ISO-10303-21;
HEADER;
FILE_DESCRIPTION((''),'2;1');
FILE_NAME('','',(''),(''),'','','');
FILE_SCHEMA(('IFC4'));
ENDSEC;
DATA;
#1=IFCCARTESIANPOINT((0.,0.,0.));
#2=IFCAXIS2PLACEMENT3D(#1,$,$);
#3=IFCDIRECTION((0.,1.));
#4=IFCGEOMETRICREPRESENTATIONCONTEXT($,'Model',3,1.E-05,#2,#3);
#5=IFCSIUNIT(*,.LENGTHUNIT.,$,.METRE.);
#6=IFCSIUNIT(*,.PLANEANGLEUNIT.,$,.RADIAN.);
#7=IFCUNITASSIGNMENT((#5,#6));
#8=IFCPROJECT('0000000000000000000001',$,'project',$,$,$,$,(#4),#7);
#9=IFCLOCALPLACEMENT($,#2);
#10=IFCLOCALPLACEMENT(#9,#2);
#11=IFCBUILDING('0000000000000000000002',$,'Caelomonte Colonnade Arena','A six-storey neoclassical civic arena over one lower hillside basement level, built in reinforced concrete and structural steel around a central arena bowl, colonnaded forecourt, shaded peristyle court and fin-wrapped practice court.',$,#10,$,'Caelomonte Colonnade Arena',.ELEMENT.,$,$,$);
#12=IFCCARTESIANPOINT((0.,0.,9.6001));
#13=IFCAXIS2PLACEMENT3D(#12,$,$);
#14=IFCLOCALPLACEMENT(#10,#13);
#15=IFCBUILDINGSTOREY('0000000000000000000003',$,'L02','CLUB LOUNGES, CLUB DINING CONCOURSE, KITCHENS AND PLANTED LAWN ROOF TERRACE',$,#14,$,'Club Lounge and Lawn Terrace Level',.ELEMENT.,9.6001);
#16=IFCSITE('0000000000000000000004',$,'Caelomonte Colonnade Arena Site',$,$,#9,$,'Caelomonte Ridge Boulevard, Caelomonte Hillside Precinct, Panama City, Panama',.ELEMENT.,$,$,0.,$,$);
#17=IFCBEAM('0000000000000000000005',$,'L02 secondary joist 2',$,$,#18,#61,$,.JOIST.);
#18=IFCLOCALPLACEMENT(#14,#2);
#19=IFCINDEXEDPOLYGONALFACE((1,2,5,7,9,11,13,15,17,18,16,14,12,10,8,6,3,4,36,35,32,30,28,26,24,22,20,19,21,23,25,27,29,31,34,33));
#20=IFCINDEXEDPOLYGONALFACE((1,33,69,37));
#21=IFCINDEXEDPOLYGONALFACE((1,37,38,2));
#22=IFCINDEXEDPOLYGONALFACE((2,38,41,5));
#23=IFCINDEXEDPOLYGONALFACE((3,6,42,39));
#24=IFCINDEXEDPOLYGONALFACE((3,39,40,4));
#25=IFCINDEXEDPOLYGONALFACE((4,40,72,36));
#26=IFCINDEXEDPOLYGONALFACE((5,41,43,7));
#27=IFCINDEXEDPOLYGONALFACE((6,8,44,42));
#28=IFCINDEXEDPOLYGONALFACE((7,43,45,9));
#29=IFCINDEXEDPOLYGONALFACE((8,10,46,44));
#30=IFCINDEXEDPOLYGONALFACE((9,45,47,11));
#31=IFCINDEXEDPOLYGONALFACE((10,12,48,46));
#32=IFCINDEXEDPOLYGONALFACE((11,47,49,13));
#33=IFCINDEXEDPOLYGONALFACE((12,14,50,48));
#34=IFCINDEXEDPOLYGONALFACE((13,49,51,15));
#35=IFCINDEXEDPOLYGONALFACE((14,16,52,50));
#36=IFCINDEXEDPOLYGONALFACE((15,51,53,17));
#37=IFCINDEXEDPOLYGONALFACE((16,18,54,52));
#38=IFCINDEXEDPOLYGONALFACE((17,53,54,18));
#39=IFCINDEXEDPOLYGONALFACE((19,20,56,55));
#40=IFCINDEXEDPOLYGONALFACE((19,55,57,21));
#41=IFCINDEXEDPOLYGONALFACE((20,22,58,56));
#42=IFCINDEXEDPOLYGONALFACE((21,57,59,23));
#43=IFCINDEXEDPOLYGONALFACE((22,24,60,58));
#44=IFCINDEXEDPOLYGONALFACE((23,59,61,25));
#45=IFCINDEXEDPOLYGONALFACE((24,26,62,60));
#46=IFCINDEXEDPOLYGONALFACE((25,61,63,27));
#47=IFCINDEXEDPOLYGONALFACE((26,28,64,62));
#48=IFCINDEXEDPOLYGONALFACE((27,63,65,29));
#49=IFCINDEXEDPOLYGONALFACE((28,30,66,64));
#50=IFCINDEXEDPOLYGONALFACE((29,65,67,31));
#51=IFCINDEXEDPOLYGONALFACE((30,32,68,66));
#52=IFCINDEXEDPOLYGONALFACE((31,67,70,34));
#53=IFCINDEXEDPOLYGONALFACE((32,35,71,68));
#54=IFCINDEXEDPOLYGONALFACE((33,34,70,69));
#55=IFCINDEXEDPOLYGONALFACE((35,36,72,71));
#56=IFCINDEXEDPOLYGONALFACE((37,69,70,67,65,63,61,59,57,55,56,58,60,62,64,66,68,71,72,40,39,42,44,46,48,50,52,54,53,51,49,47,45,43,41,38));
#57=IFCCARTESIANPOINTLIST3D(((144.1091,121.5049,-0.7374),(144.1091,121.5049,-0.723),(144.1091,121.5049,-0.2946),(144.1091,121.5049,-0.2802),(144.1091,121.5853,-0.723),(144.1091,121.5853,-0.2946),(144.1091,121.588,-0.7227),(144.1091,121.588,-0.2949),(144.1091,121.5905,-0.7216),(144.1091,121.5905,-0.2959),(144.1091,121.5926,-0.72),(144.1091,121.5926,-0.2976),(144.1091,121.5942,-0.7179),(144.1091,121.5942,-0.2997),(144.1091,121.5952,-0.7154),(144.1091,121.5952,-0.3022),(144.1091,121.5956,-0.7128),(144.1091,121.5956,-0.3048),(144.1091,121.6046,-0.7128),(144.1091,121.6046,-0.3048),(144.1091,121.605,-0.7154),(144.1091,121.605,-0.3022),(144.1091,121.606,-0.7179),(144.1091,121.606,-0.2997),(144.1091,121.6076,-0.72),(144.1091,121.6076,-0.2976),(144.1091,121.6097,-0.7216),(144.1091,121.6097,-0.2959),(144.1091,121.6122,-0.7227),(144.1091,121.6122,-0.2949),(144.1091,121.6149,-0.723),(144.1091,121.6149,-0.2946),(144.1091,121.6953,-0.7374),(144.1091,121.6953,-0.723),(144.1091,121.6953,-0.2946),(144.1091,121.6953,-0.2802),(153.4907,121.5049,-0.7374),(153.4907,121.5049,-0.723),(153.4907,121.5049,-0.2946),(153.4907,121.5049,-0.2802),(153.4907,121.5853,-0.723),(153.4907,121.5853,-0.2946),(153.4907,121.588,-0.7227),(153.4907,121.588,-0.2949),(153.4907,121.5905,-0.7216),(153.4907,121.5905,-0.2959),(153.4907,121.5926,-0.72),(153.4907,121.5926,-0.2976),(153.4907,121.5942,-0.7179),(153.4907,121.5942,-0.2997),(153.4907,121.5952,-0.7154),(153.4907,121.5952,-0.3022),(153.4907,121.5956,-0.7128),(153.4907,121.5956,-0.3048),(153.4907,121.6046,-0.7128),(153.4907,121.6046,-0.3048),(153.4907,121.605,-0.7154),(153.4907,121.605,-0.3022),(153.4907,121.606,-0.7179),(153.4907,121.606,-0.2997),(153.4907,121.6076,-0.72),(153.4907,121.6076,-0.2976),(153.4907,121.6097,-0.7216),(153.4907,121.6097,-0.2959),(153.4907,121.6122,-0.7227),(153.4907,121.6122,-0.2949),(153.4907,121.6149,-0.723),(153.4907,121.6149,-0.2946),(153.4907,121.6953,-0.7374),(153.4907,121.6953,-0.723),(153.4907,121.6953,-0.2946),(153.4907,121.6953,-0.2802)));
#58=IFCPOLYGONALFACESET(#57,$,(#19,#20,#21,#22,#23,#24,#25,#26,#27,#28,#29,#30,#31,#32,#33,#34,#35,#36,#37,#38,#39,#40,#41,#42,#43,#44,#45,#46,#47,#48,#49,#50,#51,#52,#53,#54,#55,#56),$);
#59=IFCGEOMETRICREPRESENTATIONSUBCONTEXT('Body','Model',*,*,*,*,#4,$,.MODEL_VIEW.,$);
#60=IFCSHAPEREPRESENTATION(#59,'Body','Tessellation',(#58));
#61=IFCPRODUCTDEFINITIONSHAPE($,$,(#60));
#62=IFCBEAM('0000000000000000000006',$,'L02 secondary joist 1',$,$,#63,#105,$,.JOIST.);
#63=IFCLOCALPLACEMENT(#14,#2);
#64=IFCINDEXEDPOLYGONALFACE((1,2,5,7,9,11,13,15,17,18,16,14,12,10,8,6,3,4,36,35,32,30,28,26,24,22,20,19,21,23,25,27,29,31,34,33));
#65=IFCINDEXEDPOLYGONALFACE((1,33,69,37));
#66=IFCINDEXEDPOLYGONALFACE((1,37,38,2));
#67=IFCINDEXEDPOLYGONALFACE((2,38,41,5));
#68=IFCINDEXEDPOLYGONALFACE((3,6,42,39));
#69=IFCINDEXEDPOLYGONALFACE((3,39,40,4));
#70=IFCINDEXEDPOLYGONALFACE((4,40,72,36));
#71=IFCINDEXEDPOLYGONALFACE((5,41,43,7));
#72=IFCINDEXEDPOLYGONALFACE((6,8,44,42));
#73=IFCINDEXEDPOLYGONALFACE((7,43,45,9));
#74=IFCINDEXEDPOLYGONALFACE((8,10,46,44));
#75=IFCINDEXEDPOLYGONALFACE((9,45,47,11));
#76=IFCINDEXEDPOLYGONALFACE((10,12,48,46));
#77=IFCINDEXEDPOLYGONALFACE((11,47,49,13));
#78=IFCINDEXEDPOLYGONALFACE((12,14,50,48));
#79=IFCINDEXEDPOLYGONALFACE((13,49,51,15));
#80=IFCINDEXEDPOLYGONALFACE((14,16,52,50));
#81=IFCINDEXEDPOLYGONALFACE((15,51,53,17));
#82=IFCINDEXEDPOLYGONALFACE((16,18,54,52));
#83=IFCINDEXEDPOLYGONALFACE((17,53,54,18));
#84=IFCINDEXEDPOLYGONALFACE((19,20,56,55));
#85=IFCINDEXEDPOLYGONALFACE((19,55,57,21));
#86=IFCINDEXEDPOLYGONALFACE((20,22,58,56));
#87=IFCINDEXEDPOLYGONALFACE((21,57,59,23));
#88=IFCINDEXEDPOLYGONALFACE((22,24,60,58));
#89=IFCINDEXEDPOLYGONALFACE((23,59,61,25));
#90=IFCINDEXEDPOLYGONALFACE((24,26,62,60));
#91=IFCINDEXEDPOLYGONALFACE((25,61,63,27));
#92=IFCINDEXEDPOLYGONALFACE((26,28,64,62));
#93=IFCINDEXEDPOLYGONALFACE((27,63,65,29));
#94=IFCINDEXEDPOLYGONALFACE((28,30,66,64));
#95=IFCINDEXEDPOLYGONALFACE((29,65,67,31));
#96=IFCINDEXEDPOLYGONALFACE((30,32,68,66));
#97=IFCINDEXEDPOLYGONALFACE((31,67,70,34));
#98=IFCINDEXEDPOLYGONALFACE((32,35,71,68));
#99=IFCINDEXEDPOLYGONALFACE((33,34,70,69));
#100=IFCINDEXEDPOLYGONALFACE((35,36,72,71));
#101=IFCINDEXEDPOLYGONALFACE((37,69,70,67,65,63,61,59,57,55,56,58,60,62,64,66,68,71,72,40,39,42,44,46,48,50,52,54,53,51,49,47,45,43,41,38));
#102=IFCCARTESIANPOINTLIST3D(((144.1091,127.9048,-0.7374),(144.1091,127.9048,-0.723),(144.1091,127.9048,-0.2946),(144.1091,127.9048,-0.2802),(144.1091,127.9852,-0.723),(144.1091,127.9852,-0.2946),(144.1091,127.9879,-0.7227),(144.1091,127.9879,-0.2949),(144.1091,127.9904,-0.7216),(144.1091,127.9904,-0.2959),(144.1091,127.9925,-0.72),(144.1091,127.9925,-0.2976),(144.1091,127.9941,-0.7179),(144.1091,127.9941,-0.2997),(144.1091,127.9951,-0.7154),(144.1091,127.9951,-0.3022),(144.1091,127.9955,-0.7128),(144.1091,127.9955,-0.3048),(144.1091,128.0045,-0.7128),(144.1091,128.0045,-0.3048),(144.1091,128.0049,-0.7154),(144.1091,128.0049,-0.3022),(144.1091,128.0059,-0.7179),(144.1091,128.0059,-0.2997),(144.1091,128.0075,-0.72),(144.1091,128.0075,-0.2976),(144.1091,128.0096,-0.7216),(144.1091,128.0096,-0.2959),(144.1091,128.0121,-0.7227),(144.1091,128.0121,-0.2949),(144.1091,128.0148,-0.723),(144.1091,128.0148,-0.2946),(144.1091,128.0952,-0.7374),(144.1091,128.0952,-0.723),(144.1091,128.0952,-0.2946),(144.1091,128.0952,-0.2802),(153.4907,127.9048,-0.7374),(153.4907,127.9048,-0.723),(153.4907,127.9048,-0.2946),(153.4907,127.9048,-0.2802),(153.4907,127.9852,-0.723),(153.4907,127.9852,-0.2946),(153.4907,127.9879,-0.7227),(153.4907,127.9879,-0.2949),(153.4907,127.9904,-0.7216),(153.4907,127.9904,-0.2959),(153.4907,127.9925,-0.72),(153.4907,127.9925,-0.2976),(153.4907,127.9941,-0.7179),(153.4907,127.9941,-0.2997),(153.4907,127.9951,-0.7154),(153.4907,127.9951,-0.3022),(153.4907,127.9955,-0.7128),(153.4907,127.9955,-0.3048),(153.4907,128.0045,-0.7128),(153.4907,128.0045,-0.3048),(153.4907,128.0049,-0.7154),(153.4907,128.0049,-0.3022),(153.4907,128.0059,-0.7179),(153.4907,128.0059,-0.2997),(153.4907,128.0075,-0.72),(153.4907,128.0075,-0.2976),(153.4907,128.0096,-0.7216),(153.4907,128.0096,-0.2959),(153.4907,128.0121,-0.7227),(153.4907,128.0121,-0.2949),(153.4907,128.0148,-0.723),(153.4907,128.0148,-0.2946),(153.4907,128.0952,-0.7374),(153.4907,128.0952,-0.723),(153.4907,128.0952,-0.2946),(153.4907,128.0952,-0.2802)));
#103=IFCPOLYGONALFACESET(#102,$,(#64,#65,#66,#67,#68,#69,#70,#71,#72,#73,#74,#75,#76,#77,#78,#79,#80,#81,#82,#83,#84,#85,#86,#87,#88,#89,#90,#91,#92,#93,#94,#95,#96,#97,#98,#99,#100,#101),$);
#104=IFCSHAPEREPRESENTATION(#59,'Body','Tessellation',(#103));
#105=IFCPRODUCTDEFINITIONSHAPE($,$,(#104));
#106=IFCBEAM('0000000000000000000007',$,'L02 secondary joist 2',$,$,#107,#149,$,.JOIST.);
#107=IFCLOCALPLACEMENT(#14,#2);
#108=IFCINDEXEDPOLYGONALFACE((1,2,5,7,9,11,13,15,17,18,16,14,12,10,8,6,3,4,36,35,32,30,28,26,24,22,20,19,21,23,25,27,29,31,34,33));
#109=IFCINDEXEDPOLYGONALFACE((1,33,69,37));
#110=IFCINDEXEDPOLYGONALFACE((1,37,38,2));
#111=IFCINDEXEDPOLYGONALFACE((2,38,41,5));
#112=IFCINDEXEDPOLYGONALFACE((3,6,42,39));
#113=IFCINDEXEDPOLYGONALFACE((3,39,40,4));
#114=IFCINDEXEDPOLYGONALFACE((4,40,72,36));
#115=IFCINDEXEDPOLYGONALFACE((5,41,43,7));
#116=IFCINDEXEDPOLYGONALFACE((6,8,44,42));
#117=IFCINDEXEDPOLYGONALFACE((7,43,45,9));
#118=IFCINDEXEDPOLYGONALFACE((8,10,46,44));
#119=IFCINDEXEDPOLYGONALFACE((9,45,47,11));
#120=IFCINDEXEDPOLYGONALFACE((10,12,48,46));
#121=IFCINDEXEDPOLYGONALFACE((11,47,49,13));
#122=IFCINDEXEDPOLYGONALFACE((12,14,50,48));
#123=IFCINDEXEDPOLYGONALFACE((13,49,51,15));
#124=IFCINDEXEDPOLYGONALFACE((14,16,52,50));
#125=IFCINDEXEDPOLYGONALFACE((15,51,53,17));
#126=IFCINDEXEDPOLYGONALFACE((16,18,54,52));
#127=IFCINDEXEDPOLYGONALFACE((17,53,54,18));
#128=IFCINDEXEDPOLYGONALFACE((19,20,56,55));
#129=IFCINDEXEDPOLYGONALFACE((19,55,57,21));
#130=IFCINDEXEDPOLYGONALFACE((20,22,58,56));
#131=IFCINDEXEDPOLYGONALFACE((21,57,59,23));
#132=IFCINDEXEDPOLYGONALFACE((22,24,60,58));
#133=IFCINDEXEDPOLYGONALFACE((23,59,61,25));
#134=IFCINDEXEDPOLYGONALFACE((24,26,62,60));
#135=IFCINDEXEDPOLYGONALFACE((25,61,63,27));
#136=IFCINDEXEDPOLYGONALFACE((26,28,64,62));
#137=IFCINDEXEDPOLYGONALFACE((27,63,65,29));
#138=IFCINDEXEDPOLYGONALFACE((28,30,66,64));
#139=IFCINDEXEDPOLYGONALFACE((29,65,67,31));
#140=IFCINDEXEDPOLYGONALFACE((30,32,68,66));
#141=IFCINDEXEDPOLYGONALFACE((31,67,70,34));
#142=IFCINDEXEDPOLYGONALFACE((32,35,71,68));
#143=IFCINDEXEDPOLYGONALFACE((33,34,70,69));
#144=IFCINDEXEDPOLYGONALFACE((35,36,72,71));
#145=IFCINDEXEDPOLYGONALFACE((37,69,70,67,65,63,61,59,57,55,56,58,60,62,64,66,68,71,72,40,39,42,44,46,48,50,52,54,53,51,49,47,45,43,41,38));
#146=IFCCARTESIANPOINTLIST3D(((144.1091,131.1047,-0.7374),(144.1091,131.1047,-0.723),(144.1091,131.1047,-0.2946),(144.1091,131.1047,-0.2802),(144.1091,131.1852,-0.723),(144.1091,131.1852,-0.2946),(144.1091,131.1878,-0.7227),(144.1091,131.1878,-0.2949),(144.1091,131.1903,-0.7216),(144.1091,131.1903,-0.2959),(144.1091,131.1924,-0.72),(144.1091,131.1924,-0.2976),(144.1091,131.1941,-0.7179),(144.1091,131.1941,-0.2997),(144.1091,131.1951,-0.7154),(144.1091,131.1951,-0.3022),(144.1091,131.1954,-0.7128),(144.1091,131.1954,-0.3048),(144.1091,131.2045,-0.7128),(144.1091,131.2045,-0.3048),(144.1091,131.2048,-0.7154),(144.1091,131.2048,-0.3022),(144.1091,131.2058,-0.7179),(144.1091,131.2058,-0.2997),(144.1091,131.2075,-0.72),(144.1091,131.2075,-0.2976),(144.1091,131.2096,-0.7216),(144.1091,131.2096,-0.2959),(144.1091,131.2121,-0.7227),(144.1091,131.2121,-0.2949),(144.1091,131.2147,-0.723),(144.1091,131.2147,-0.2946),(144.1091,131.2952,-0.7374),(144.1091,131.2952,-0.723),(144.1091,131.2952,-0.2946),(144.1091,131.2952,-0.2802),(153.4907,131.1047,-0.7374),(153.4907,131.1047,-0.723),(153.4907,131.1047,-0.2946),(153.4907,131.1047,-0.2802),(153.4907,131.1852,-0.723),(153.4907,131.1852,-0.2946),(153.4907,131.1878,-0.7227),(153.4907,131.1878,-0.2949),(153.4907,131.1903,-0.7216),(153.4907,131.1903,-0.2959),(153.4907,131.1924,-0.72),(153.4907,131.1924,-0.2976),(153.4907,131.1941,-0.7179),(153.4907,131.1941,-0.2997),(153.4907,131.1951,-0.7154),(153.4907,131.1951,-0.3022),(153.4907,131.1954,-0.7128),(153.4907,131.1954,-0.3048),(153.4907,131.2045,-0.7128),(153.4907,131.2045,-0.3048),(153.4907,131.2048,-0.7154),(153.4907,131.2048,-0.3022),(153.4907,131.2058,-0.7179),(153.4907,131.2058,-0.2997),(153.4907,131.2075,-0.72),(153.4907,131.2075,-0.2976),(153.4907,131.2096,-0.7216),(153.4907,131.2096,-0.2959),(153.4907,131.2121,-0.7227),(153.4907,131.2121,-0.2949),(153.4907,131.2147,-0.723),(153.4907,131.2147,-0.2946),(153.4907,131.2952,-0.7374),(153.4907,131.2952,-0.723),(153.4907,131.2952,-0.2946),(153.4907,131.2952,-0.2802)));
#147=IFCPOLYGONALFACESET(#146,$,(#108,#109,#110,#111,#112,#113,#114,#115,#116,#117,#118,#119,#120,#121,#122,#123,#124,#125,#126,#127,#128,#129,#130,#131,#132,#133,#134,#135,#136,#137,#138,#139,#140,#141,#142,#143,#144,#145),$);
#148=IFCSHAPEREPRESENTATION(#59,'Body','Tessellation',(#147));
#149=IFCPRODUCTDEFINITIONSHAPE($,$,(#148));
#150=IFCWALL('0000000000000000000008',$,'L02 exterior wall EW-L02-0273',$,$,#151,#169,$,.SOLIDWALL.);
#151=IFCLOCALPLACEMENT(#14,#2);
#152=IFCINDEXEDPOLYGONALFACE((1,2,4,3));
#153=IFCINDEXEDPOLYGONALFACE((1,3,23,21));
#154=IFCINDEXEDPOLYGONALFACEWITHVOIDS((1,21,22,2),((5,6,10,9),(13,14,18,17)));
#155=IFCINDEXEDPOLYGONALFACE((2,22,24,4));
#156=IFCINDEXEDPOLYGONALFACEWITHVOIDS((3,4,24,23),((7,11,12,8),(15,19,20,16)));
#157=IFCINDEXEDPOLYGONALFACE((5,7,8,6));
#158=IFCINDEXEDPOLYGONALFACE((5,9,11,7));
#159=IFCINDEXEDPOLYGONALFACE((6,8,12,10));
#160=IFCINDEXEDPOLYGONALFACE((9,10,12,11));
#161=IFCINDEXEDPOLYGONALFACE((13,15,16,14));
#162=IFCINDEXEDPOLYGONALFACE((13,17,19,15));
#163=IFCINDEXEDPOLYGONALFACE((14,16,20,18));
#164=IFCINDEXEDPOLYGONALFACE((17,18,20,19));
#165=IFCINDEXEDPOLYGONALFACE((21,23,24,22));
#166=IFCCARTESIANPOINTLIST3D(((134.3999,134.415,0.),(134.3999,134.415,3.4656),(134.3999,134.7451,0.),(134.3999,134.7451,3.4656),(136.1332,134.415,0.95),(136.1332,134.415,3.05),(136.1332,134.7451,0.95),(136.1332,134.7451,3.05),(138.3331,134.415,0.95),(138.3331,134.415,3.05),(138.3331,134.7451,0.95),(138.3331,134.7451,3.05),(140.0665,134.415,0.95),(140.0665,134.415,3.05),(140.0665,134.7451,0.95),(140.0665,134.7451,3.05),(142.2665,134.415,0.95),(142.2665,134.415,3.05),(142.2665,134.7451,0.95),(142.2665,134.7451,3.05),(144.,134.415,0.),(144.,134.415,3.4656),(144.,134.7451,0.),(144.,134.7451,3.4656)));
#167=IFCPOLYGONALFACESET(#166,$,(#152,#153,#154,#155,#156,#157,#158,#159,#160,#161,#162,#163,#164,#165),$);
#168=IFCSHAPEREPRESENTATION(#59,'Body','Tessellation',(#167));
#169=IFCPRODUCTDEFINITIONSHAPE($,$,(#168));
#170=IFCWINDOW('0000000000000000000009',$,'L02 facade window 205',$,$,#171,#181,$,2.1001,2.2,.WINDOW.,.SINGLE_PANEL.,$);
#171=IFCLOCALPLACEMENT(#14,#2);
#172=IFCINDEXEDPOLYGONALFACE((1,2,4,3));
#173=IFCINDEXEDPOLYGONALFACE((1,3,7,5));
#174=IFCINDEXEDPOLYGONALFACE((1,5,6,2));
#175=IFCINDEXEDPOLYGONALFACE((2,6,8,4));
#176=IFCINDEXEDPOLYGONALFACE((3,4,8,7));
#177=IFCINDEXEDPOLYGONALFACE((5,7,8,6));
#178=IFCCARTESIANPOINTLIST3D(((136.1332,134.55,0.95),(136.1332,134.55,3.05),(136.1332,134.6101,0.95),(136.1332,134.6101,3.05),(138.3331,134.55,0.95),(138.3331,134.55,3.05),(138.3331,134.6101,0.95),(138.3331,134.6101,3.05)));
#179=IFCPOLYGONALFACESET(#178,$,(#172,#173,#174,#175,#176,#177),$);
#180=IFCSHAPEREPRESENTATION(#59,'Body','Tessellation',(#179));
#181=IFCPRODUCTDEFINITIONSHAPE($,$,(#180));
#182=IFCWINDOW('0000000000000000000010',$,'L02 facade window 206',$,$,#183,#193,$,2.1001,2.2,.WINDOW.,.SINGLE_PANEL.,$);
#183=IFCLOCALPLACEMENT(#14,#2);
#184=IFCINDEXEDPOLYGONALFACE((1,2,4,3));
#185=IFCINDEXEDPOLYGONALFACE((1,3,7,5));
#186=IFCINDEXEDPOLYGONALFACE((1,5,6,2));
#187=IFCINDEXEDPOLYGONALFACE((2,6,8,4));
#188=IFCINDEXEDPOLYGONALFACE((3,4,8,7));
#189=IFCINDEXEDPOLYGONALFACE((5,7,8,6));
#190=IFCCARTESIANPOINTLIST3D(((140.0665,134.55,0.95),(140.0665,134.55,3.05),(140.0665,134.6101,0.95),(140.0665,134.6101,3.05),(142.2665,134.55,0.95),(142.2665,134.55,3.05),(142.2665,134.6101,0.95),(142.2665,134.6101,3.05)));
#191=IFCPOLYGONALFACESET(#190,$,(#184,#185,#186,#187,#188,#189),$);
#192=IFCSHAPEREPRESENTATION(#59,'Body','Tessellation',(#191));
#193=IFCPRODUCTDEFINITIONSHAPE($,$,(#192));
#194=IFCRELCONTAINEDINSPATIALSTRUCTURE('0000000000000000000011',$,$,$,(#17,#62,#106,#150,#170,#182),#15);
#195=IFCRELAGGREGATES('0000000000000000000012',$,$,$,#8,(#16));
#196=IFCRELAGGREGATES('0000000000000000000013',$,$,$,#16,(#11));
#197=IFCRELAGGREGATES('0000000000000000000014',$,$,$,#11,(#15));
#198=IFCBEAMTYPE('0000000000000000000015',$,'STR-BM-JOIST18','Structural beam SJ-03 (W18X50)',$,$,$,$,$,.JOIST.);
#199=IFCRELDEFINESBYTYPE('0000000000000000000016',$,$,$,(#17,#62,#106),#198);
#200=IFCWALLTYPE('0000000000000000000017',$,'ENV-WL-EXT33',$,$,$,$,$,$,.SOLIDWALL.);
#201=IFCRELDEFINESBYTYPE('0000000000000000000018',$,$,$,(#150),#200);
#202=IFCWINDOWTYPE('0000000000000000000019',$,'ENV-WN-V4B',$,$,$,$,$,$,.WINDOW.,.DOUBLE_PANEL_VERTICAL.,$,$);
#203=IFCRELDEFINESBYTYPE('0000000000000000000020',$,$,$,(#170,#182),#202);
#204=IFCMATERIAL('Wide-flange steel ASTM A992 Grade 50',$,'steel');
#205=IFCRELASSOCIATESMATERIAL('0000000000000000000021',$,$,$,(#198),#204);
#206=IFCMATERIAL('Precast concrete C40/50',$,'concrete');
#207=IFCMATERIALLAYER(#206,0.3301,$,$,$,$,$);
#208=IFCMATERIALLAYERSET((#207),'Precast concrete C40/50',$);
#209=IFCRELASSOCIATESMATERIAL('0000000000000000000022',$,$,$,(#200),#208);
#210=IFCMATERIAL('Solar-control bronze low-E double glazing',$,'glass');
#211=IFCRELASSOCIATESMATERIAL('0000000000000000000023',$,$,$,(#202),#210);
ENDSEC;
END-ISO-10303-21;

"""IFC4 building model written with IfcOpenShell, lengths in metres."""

from ifc_helpers import new_model, si_unit, direction, frame, frame_2d, origin, origin_2d, place, context, subcontext, project, spatial, rectangle, i_section, extrude, material, layer, layer_set, material_profile, profile_set, type_object, element, fill, save


model = new_model("IFC4")

# Units and contexts
model_context = context("Model", 3, precision=1e-05, world=origin(), true_north=direction((0.0, 1.0)))
body_context = subcontext(model_context, "Body", "Model", "MODEL_VIEW")
ifc_project = project(units=[si_unit("LENGTHUNIT", "METRE"), si_unit("PLANEANGLEUNIT", "RADIAN")], contexts=[model_context])

# Site, building, storey
site_placement = place(None, origin())
site = spatial("IfcSite", under=ifc_project, at=site_placement, Name="Caelomonte Colonnade Arena Site", LongName="Caelomonte Ridge Boulevard, Caelomonte Hillside Precinct, Panama City, Panama", CompositionType="ELEMENT", RefElevation=0.0)
building_placement = place(site_placement, origin())
building = spatial("IfcBuilding", under=site, at=building_placement, Name="Caelomonte Colonnade Arena", Description="A six-storey neoclassical civic arena over one lower hillside basement level, built in reinforced concrete and structural steel around a central arena bowl, colonnaded forecourt, shaded peristyle court and fin-wrapped practice court.", LongName="Caelomonte Colonnade Arena", CompositionType="ELEMENT")
storey_placement = place(building_placement, frame((0.0, 0.0, 9.6001)))
storey = spatial("IfcBuildingStorey", under=building, at=storey_placement, Name="L02", Description="CLUB LOUNGES, CLUB DINING CONCOURSE, KITCHENS AND PLANTED LAWN ROOF TERRACE", LongName="Club Lounge and Lawn Terrace Level", CompositionType="ELEMENT", Elevation=9.6001)

# Beams
ifc_material_1 = material(Name="Wide-flange steel ASTM A992 Grade 50", Category="steel")
ifc_material_profile_1 = material_profile(ifc_material_1, i_section(OverallWidth=0.1904, OverallDepth=0.4573, WebThickness=0.009, FlangeThickness=0.0144, FilletRadius=0.0103, at=origin_2d()), Name="W18X50")
ifc_profile_set_1 = profile_set([ifc_material_profile_1], Name="Wide-flange steel ASTM A992 Grade 50")
beam_type_1 = type_object("IfcBeamType", Name="STR-BM-JOIST18", Description="Structural beam SJ-03 (W18X50)", PredefinedType="JOIST", material=ifc_profile_set_1)
for number, where, z_axis, x_axis, name in (
    (1, (144.1091, 121.6001, -0.5088), (1.0, 0.0, 0.0), (0.0, 1.0, 0.0), "L02 secondary joist 2"),
    (2, (144.1091, 128.0, -0.5088), (1.0, 0.0, 0.0), (0.0, 1.0, 0.0), "L02 secondary joist 1"),
    (3, (144.1091, 131.2, -0.5088), (1.0, 0.0, 0.0), (0.0, 1.0, 0.0), "L02 secondary joist 2"),
):
    element("IfcBeam", number, at=place(storey_placement, frame(where, z_axis=z_axis, x_axis=x_axis)), inside=storey, type_object=beam_type_1, Name=name, PredefinedType="JOIST", context=body_context, shape_type="SweptSolid", body=[
        extrude(i_section(OverallWidth=0.1904, OverallDepth=0.4573, WebThickness=0.009, FlangeThickness=0.0144, FilletRadius=0.0103, at=origin_2d()), origin(), (0.0, 0.0, 1.0), 9.3816),
    ])

# Wall, openings, windows
ifc_material_2 = material(Name="Precast concrete C40/50", Category="concrete")
ifc_layer = layer(ifc_material_2, 0.3301)
ifc_layer_set = layer_set([ifc_layer], Name="Precast concrete C40/50")
wall_type = type_object("IfcWallType", Name="ENV-WL-EXT33", PredefinedType="SOLIDWALL", material=ifc_layer_set)
wall_1_placement = place(storey_placement, frame((134.3999, 134.5801, 0.0), z_axis=(0.0, 0.0, 1.0), x_axis=(1.0, 0.0, 0.0)))
wall_1 = element("IfcWall", 4, at=wall_1_placement, inside=storey, type_object=wall_type, Name="L02 exterior wall EW-L02-0273", PredefinedType="SOLIDWALL", context=body_context, shape_type="SweptSolid", body=[
    extrude(rectangle(XDim=9.6001, YDim=0.3301, at=frame_2d((4.8, 0.0))), origin(), (0.0, 0.0, 1.0), 3.4656),
])
opening_1_placement = place(wall_1_placement, frame((3.9333, 0.0, 0.95), z_axis=(0.0, 0.0, 1.0), x_axis=(-1.0, 0.0, 0.0)))
opening_1 = element("IfcOpeningElement", 5, at=opening_1_placement, cuts=wall_1, PredefinedType="OPENING", context=body_context, shape_type="SweptSolid", body=[
    extrude(rectangle(XDim=2.2, YDim=2.1001, at=frame_2d((1.1001, 1.05))), frame((0.0, 0.175, 0.0), z_axis=(0.0, -1.0, 0.0), x_axis=(1.0, 0.0, 0.0)), (0.0, 0.0, 1.0), 0.3501),
])
opening_2_placement = place(wall_1_placement, frame((7.8667, 0.0, 0.95), z_axis=(0.0, 0.0, 1.0), x_axis=(-1.0, 0.0, 0.0)))
opening_2 = element("IfcOpeningElement", 6, at=opening_2_placement, cuts=wall_1, PredefinedType="OPENING", context=body_context, shape_type="SweptSolid", body=[
    extrude(rectangle(XDim=2.2, YDim=2.1001, at=frame_2d((1.1001, 1.05))), frame((0.0, 0.175, 0.0), z_axis=(0.0, -1.0, 0.0), x_axis=(1.0, 0.0, 0.0)), (0.0, 0.0, 1.0), 0.3501),
])
ifc_material_3 = material(Name="Solar-control bronze low-E double glazing", Category="glass")
window_type = type_object("IfcWindowType", Name="ENV-WN-V4B", PartitioningType="DOUBLE_PANEL_VERTICAL", PredefinedType="WINDOW", material=ifc_material_3)
window_1_placement = place(opening_1_placement, origin())
window_1 = element("IfcWindow", 7, at=window_1_placement, inside=storey, type_object=window_type, Name="L02 facade window 205", OverallHeight=2.1001, OverallWidth=2.2, PartitioningType="SINGLE_PANEL", PredefinedType="WINDOW", context=body_context, shape_type="SweptSolid", body=[
    extrude(rectangle(XDim=2.2, YDim=2.1001, at=frame_2d((1.1001, 1.05))), frame((0.0, 0.03, 0.0), z_axis=(0.0, -1.0, 0.0), x_axis=(1.0, 0.0, 0.0)), (0.0, 0.0, 1.0), 0.0601),
])
fill(opening_1, window_1)
window_2_placement = place(opening_2_placement, origin())
window_2 = element("IfcWindow", 8, at=window_2_placement, inside=storey, type_object=window_type, Name="L02 facade window 206", OverallHeight=2.1001, OverallWidth=2.2, PartitioningType="SINGLE_PANEL", PredefinedType="WINDOW", context=body_context, shape_type="SweptSolid", body=[
    extrude(rectangle(XDim=2.2, YDim=2.1001, at=frame_2d((1.1001, 1.05))), frame((0.0, 0.03, 0.0), z_axis=(0.0, -1.0, 0.0), x_axis=(1.0, 0.0, 0.0)), (0.0, 0.0, 1.0), 0.0601),
])
fill(opening_2, window_2)

save(model, "model.ifc")
